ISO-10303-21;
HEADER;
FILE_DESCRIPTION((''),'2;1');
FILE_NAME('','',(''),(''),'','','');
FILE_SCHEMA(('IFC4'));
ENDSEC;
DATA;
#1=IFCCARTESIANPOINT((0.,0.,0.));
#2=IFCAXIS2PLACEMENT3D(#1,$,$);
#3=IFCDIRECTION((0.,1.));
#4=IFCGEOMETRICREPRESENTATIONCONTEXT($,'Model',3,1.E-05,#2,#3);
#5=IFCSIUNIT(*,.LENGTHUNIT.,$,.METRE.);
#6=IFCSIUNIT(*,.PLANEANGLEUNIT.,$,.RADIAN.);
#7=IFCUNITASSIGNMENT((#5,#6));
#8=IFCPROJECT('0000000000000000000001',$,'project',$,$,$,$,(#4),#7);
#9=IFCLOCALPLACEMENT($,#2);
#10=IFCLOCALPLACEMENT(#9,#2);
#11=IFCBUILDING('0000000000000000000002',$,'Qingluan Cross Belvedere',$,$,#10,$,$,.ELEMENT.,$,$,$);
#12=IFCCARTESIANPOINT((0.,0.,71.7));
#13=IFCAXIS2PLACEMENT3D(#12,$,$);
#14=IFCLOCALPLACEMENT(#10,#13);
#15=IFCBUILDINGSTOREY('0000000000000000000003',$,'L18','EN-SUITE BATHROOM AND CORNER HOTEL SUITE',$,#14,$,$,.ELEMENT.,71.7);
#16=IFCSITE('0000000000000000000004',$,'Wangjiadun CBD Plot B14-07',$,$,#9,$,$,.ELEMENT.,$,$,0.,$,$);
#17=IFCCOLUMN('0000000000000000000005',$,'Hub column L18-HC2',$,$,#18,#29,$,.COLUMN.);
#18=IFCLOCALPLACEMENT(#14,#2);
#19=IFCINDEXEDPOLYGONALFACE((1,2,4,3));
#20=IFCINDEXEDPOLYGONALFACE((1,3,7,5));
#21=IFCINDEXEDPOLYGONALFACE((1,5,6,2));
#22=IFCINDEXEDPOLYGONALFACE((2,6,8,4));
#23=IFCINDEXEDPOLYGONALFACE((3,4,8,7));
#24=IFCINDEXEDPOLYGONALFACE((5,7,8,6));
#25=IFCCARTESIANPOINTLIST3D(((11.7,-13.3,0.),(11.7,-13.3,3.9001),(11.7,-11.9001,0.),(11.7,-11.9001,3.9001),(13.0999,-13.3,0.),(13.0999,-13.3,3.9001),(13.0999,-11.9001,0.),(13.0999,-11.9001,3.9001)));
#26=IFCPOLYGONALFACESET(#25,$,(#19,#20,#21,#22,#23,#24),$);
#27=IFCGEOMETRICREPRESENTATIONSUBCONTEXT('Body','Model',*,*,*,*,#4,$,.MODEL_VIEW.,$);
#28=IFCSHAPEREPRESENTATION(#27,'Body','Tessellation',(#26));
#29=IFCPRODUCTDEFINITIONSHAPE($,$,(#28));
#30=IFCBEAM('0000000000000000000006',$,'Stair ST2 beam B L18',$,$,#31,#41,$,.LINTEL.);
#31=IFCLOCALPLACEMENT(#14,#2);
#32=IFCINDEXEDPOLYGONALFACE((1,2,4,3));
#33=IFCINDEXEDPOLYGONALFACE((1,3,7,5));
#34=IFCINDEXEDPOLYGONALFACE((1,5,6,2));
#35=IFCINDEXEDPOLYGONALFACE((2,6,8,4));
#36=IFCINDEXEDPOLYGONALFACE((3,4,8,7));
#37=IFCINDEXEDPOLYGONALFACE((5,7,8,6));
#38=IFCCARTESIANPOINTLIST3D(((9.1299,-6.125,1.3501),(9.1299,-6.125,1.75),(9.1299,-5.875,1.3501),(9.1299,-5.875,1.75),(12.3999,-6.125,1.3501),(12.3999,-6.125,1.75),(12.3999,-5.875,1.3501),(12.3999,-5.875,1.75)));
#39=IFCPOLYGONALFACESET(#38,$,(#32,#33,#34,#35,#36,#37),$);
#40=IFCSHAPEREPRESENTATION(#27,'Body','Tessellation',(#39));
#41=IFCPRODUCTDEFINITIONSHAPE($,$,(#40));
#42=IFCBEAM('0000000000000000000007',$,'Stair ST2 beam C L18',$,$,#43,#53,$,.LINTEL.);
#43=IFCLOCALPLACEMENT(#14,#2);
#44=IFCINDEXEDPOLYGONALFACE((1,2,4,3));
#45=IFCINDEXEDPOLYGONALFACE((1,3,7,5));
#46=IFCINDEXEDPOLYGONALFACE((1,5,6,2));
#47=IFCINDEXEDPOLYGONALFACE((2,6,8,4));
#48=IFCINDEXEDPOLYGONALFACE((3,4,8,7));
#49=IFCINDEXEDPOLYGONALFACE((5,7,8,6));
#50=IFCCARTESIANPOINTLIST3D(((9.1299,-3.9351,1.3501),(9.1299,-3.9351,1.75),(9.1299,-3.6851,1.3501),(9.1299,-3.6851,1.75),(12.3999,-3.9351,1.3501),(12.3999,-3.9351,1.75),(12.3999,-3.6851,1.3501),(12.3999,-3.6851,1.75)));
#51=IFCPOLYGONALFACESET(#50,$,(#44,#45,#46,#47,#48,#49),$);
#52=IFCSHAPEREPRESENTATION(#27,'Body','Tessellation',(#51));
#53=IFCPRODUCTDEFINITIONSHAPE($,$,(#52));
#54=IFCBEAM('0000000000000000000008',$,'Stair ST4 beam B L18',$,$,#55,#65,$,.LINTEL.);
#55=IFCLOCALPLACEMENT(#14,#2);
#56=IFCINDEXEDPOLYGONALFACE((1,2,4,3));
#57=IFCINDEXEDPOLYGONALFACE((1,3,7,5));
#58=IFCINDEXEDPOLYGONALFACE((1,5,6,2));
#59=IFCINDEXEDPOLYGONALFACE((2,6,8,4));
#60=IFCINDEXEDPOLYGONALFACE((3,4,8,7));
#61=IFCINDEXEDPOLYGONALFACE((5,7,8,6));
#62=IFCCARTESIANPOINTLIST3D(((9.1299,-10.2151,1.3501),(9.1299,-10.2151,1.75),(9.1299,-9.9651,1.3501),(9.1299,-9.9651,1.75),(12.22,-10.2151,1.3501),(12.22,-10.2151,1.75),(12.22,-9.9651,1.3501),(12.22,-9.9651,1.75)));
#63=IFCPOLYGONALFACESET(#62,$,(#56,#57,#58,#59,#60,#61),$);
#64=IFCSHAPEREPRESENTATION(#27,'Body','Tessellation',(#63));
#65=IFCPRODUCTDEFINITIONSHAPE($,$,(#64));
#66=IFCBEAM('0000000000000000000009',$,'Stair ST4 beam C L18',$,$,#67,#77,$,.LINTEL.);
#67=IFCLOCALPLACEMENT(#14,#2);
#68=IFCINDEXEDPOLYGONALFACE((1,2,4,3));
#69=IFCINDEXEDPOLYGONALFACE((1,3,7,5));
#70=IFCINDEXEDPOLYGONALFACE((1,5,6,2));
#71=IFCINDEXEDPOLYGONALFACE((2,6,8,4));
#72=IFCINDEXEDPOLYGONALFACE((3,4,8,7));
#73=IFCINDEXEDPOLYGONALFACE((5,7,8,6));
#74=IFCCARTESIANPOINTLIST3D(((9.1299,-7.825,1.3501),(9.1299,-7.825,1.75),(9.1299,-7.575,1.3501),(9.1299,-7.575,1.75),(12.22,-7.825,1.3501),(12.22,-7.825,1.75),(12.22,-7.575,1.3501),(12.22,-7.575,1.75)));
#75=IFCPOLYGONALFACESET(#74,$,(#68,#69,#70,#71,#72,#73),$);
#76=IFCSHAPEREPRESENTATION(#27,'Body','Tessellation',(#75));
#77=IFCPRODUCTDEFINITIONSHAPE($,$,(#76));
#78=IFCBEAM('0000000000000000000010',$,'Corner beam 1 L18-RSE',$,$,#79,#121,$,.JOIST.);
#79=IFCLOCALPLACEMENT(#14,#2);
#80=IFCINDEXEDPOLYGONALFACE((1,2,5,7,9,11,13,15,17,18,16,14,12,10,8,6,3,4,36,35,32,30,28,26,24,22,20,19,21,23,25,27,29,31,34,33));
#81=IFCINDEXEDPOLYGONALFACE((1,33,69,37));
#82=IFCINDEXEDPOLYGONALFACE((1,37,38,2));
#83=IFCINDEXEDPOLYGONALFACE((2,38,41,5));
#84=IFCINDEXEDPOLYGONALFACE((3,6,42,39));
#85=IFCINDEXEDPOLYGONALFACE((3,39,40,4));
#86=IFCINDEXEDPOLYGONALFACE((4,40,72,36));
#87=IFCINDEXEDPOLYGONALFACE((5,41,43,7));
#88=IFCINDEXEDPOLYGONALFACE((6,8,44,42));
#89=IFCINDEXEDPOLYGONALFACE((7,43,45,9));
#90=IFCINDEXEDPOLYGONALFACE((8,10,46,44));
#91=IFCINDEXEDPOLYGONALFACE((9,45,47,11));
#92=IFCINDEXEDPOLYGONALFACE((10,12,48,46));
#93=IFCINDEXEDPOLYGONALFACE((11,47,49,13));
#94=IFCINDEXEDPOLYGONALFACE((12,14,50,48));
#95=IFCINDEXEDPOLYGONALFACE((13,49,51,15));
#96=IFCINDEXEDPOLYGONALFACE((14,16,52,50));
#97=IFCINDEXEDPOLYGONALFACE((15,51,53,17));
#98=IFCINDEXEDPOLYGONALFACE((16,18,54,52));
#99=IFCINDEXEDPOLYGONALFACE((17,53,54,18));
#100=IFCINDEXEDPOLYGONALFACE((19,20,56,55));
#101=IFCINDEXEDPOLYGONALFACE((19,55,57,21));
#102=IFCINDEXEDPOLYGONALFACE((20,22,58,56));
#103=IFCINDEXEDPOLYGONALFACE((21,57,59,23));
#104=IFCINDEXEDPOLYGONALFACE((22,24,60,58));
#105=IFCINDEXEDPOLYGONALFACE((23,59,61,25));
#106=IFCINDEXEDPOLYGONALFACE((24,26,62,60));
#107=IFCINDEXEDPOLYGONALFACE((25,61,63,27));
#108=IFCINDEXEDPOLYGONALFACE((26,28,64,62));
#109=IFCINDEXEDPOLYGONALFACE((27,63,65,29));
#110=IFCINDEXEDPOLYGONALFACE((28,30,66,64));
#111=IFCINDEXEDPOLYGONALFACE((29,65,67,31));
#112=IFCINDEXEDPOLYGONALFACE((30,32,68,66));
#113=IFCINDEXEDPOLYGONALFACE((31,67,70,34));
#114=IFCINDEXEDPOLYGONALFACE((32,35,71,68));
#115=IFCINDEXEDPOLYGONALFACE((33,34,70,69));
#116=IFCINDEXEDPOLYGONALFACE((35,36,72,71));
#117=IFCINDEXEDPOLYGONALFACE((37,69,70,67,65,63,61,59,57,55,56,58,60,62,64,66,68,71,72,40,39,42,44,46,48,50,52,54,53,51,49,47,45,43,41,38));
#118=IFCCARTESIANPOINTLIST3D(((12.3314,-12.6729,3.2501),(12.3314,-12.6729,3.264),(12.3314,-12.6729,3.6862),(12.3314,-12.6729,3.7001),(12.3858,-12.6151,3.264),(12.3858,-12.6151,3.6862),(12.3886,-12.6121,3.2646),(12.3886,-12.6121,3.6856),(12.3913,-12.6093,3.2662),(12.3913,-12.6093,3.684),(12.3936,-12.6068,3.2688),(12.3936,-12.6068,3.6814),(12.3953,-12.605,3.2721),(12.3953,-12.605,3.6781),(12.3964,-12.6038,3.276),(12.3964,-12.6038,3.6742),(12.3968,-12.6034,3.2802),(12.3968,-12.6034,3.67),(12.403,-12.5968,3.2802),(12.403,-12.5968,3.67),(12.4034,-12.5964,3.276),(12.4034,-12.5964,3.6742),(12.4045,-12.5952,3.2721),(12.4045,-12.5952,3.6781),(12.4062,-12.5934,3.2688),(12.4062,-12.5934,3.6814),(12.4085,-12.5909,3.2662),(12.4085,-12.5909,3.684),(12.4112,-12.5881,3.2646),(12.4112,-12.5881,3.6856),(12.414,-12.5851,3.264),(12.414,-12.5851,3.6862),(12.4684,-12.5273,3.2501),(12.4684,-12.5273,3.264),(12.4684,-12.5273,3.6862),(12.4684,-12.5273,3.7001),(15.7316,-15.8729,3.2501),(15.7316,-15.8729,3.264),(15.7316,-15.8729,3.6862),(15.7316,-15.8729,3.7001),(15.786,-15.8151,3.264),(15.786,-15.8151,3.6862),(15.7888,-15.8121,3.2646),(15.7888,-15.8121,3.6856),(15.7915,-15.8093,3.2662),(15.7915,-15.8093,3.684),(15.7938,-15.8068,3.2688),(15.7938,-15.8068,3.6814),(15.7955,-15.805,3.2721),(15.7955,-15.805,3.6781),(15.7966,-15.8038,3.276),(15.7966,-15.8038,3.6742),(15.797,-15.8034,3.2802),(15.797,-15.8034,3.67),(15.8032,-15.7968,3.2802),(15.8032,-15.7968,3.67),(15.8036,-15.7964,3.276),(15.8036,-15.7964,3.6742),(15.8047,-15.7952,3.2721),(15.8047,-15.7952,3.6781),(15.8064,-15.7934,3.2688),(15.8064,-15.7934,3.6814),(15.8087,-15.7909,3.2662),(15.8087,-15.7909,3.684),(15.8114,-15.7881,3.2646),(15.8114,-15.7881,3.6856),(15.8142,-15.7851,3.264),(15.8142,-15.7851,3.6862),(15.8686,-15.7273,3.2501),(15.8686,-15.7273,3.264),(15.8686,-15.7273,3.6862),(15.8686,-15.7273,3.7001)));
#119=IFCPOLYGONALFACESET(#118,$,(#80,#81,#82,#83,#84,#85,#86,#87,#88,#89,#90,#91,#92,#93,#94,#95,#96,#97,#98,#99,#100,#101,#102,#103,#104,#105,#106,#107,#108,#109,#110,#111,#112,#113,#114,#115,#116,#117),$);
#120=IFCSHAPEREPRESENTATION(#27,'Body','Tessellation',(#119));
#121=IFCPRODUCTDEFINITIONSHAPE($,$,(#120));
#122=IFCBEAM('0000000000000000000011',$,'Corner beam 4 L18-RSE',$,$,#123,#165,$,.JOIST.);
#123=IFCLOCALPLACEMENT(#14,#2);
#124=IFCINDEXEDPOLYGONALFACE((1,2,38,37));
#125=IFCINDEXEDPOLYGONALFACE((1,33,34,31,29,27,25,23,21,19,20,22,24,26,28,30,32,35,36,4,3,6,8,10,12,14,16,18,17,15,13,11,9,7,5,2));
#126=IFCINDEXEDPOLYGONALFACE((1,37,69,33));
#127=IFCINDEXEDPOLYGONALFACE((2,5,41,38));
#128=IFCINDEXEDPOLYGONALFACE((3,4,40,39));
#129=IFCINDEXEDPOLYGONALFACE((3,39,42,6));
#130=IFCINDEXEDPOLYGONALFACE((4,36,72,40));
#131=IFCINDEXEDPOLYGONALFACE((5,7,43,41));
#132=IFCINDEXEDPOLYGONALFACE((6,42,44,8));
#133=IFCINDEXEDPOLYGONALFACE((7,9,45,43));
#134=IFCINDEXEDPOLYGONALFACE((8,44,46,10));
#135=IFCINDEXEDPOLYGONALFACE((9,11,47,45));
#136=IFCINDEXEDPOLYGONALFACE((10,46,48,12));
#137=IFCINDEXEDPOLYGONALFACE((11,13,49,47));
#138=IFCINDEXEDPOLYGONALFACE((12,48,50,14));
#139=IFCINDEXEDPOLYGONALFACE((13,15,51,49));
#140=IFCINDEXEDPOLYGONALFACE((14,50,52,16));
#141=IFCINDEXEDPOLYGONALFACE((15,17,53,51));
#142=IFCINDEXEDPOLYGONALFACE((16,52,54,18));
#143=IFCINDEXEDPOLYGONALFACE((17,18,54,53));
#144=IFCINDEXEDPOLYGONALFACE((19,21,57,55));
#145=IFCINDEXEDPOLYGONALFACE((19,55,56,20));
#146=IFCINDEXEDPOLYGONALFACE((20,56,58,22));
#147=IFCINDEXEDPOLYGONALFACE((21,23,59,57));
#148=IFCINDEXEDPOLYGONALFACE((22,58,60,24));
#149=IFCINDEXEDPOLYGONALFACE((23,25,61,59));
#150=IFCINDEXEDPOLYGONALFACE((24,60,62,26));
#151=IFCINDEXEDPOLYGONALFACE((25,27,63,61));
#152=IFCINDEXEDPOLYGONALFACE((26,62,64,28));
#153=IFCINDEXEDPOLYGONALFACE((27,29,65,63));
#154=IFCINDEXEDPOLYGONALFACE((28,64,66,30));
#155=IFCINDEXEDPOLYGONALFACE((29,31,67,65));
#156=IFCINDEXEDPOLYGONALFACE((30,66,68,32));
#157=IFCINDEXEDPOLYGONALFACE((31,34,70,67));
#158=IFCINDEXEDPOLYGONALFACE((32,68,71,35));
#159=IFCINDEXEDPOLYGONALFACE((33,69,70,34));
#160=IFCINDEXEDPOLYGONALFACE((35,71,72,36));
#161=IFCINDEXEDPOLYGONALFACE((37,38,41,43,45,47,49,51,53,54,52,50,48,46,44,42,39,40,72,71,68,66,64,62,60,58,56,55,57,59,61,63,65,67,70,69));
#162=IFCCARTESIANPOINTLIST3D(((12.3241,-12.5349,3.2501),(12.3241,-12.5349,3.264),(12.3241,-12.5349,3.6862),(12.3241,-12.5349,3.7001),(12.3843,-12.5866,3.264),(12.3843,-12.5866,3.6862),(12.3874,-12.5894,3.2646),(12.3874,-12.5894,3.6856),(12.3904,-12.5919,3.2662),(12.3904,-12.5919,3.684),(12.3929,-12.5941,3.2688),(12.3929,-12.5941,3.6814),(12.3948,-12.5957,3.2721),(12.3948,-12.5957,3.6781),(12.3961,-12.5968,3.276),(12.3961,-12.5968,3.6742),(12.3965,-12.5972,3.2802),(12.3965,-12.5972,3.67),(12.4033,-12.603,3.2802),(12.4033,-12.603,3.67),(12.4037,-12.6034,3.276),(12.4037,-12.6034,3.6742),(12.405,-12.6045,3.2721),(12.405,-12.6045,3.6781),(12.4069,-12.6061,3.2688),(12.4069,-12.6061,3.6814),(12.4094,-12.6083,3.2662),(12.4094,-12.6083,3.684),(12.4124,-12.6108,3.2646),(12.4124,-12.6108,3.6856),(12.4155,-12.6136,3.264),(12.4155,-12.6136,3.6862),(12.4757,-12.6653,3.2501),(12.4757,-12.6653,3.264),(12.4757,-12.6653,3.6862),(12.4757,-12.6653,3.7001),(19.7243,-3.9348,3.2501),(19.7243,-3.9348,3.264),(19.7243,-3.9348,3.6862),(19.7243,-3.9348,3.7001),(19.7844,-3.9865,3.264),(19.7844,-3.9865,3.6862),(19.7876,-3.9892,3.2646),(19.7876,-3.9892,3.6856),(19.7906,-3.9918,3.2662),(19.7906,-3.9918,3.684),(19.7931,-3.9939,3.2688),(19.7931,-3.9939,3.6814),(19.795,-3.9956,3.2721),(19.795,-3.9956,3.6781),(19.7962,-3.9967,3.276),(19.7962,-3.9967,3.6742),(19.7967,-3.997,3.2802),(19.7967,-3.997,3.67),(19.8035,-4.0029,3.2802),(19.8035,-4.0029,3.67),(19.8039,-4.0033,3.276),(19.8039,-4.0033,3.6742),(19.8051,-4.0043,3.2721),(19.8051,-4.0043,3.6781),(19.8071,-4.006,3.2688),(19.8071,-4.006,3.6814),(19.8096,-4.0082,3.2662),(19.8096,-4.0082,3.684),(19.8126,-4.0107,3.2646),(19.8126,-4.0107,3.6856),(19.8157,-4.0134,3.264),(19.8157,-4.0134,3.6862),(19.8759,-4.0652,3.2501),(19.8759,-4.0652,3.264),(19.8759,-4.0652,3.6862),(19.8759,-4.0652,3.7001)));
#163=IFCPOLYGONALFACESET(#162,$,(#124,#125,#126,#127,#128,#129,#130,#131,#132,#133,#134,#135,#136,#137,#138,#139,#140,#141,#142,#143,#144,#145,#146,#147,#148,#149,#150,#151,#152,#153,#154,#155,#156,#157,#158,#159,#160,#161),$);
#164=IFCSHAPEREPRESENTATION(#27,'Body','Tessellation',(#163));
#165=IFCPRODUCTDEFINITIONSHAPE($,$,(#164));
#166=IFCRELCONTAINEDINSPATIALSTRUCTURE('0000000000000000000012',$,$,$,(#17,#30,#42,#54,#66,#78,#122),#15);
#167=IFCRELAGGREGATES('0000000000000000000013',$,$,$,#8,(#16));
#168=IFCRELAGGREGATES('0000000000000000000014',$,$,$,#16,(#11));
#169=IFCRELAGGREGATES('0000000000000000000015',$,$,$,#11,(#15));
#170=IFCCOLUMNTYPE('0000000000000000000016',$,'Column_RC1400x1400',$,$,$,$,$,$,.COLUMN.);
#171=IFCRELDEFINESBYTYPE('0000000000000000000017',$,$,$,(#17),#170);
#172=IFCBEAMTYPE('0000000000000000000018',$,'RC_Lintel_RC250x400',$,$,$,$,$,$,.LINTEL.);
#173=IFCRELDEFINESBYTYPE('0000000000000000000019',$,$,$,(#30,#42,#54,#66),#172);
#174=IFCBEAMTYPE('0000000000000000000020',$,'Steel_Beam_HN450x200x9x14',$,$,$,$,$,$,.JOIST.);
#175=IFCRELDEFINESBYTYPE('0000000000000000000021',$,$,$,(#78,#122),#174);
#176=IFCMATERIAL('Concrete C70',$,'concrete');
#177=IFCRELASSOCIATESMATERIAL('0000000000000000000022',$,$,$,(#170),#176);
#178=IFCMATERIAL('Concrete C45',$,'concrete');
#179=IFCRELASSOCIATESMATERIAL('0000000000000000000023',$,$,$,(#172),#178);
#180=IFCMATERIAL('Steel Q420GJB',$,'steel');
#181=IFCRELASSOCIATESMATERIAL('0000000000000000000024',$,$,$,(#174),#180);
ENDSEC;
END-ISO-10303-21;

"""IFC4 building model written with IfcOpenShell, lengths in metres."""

from ifc_helpers import new_model, si_unit, direction, frame, origin, origin_2d, place, context, subcontext, project, spatial, rectangle, i_section, extrude, material, material_profile, profile_set, type_object, element, save


model = new_model("IFC4")

# Units and contexts
model_context = context("Model", 3, precision=1e-05, world=origin(), true_north=direction((0.0, 1.0)))
body_context = subcontext(model_context, "Body", "Model", "MODEL_VIEW")
ifc_project = project(units=[si_unit("LENGTHUNIT", "METRE"), si_unit("PLANEANGLEUNIT", "RADIAN")], contexts=[model_context])

# Site, building, storey
site_placement = place(None, origin())
site = spatial("IfcSite", under=ifc_project, at=site_placement, Name="Wangjiadun CBD Plot B14-07", CompositionType="ELEMENT", RefElevation=0.0)
building_placement = place(site_placement, origin())
building = spatial("IfcBuilding", under=site, at=building_placement, Name="Qingluan Cross Belvedere", CompositionType="ELEMENT")
storey_placement = place(building_placement, frame((0.0, 0.0, 71.7)))
storey = spatial("IfcBuildingStorey", under=building, at=storey_placement, Name="L18", Description="EN-SUITE BATHROOM AND CORNER HOTEL SUITE", CompositionType="ELEMENT", Elevation=71.7)

# Column
ifc_material_1 = material(Name="Concrete C70", Category="concrete")
ifc_material_profile_1 = material_profile(ifc_material_1, rectangle(XDim=1.3999, YDim=1.3999, at=origin_2d()), Name="RC1400x1400")
ifc_profile_set_1 = profile_set([ifc_material_profile_1], Name="Concrete C70")
column_type = type_object("IfcColumnType", Name="Column_RC1400x1400", PredefinedType="COLUMN", material=ifc_profile_set_1)
column_placement = place(storey_placement, frame((12.3999, -12.6001, 0.0), z_axis=(0.0, 0.0, 1.0), x_axis=(1.0, 0.0, 0.0)))
element("IfcColumn", 1, at=column_placement, inside=storey, type_object=column_type, Name="Hub column L18-HC2", PredefinedType="COLUMN", context=body_context, shape_type="SweptSolid", body=[
    extrude(rectangle(XDim=1.3999, YDim=1.3999, at=origin_2d()), origin(), (0.0, 0.0, 1.0), 3.9001),
])

# Beams
ifc_material_2 = material(Name="Concrete C45", Category="concrete")
ifc_material_profile_2 = material_profile(ifc_material_2, rectangle(XDim=0.25, YDim=0.3999, at=origin_2d()), Name="RC250x400")
ifc_profile_set_2 = profile_set([ifc_material_profile_2], Name="Concrete C45")
beam_type_1 = type_object("IfcBeamType", Name="RC_Lintel_RC250x400", PredefinedType="LINTEL", material=ifc_profile_set_2)
for number, where, z_axis, x_axis, name in (
    (2, (12.3999, -6.0, 1.55), (-1.0, 0.0, 0.0), (0.0, -1.0, 0.0), "Stair ST2 beam B L18"),
    (3, (12.3999, -3.8101, 1.55), (-1.0, 0.0, 0.0), (0.0, -1.0, 0.0), "Stair ST2 beam C L18"),
):
    element("IfcBeam", number, at=place(storey_placement, frame(where, z_axis=z_axis, x_axis=x_axis)), inside=storey, type_object=beam_type_1, Name=name, PredefinedType="LINTEL", context=body_context, shape_type="SweptSolid", body=[
        extrude(rectangle(XDim=0.25, YDim=0.3999, at=origin_2d()), origin(), (0.0, 0.0, 1.0), 3.27),
    ])
for number, where, z_axis, x_axis, name in (
    (4, (12.22, -10.0901, 1.55), (-1.0, 0.0, 0.0), (0.0, -1.0, 0.0), "Stair ST4 beam B L18"),
    (5, (12.22, -7.7, 1.55), (-1.0, 0.0, 0.0), (0.0, -1.0, 0.0), "Stair ST4 beam C L18"),
):
    element("IfcBeam", number, at=place(storey_placement, frame(where, z_axis=z_axis, x_axis=x_axis)), inside=storey, type_object=beam_type_1, Name=name, PredefinedType="LINTEL", context=body_context, shape_type="SweptSolid", body=[
        extrude(rectangle(XDim=0.25, YDim=0.3999, at=origin_2d()), origin(), (0.0, 0.0, 1.0), 3.0901),
    ])
ifc_material_3 = material(Name="Steel Q420GJB", Category="steel")
ifc_material_profile_3 = material_profile(ifc_material_3, i_section(OverallWidth=0.2, OverallDepth=0.45, WebThickness=0.009, FlangeThickness=0.0139, FilletRadius=0.0161, at=origin_2d()), Name="HN450x200x9x14")
ifc_profile_set_3 = profile_set([ifc_material_profile_3], Name="Steel Q420GJB")
beam_type_2 = type_object("IfcBeamType", Name="Steel_Beam_HN450x200x9x14", PredefinedType="JOIST", material=ifc_profile_set_3)
beam_1_placement = place(storey_placement, frame((12.3999, -12.6001, 3.4751), z_axis=(0.72822, -0.685343, 0.0), x_axis=(0.685343, 0.72822, 0.0)))
element("IfcBeam", 6, at=beam_1_placement, inside=storey, type_object=beam_type_2, Name="Corner beam 1 L18-RSE", PredefinedType="JOIST", context=body_context, shape_type="SweptSolid", body=[
    extrude(i_section(OverallWidth=0.2, OverallDepth=0.45, WebThickness=0.009, FlangeThickness=0.0139, FilletRadius=0.0161, at=origin_2d()), origin(), (0.0, 0.0, 1.0), 4.6692),
])
beam_2_placement = place(storey_placement, frame((12.3999, -12.6001, 3.4751), z_axis=(0.652245, 0.758008, 0.0), x_axis=(-0.758008, 0.652245, 0.0)))
element("IfcBeam", 7, at=beam_2_placement, inside=storey, type_object=beam_type_2, Name="Corner beam 4 L18-RSE", PredefinedType="JOIST", context=body_context, shape_type="SweptSolid", body=[
    extrude(i_section(OverallWidth=0.2, OverallDepth=0.45, WebThickness=0.009, FlangeThickness=0.0139, FilletRadius=0.0161, at=origin_2d()), origin(), (0.0, 0.0, 1.0), 11.3457),
])

save(model, "model.ifc")
